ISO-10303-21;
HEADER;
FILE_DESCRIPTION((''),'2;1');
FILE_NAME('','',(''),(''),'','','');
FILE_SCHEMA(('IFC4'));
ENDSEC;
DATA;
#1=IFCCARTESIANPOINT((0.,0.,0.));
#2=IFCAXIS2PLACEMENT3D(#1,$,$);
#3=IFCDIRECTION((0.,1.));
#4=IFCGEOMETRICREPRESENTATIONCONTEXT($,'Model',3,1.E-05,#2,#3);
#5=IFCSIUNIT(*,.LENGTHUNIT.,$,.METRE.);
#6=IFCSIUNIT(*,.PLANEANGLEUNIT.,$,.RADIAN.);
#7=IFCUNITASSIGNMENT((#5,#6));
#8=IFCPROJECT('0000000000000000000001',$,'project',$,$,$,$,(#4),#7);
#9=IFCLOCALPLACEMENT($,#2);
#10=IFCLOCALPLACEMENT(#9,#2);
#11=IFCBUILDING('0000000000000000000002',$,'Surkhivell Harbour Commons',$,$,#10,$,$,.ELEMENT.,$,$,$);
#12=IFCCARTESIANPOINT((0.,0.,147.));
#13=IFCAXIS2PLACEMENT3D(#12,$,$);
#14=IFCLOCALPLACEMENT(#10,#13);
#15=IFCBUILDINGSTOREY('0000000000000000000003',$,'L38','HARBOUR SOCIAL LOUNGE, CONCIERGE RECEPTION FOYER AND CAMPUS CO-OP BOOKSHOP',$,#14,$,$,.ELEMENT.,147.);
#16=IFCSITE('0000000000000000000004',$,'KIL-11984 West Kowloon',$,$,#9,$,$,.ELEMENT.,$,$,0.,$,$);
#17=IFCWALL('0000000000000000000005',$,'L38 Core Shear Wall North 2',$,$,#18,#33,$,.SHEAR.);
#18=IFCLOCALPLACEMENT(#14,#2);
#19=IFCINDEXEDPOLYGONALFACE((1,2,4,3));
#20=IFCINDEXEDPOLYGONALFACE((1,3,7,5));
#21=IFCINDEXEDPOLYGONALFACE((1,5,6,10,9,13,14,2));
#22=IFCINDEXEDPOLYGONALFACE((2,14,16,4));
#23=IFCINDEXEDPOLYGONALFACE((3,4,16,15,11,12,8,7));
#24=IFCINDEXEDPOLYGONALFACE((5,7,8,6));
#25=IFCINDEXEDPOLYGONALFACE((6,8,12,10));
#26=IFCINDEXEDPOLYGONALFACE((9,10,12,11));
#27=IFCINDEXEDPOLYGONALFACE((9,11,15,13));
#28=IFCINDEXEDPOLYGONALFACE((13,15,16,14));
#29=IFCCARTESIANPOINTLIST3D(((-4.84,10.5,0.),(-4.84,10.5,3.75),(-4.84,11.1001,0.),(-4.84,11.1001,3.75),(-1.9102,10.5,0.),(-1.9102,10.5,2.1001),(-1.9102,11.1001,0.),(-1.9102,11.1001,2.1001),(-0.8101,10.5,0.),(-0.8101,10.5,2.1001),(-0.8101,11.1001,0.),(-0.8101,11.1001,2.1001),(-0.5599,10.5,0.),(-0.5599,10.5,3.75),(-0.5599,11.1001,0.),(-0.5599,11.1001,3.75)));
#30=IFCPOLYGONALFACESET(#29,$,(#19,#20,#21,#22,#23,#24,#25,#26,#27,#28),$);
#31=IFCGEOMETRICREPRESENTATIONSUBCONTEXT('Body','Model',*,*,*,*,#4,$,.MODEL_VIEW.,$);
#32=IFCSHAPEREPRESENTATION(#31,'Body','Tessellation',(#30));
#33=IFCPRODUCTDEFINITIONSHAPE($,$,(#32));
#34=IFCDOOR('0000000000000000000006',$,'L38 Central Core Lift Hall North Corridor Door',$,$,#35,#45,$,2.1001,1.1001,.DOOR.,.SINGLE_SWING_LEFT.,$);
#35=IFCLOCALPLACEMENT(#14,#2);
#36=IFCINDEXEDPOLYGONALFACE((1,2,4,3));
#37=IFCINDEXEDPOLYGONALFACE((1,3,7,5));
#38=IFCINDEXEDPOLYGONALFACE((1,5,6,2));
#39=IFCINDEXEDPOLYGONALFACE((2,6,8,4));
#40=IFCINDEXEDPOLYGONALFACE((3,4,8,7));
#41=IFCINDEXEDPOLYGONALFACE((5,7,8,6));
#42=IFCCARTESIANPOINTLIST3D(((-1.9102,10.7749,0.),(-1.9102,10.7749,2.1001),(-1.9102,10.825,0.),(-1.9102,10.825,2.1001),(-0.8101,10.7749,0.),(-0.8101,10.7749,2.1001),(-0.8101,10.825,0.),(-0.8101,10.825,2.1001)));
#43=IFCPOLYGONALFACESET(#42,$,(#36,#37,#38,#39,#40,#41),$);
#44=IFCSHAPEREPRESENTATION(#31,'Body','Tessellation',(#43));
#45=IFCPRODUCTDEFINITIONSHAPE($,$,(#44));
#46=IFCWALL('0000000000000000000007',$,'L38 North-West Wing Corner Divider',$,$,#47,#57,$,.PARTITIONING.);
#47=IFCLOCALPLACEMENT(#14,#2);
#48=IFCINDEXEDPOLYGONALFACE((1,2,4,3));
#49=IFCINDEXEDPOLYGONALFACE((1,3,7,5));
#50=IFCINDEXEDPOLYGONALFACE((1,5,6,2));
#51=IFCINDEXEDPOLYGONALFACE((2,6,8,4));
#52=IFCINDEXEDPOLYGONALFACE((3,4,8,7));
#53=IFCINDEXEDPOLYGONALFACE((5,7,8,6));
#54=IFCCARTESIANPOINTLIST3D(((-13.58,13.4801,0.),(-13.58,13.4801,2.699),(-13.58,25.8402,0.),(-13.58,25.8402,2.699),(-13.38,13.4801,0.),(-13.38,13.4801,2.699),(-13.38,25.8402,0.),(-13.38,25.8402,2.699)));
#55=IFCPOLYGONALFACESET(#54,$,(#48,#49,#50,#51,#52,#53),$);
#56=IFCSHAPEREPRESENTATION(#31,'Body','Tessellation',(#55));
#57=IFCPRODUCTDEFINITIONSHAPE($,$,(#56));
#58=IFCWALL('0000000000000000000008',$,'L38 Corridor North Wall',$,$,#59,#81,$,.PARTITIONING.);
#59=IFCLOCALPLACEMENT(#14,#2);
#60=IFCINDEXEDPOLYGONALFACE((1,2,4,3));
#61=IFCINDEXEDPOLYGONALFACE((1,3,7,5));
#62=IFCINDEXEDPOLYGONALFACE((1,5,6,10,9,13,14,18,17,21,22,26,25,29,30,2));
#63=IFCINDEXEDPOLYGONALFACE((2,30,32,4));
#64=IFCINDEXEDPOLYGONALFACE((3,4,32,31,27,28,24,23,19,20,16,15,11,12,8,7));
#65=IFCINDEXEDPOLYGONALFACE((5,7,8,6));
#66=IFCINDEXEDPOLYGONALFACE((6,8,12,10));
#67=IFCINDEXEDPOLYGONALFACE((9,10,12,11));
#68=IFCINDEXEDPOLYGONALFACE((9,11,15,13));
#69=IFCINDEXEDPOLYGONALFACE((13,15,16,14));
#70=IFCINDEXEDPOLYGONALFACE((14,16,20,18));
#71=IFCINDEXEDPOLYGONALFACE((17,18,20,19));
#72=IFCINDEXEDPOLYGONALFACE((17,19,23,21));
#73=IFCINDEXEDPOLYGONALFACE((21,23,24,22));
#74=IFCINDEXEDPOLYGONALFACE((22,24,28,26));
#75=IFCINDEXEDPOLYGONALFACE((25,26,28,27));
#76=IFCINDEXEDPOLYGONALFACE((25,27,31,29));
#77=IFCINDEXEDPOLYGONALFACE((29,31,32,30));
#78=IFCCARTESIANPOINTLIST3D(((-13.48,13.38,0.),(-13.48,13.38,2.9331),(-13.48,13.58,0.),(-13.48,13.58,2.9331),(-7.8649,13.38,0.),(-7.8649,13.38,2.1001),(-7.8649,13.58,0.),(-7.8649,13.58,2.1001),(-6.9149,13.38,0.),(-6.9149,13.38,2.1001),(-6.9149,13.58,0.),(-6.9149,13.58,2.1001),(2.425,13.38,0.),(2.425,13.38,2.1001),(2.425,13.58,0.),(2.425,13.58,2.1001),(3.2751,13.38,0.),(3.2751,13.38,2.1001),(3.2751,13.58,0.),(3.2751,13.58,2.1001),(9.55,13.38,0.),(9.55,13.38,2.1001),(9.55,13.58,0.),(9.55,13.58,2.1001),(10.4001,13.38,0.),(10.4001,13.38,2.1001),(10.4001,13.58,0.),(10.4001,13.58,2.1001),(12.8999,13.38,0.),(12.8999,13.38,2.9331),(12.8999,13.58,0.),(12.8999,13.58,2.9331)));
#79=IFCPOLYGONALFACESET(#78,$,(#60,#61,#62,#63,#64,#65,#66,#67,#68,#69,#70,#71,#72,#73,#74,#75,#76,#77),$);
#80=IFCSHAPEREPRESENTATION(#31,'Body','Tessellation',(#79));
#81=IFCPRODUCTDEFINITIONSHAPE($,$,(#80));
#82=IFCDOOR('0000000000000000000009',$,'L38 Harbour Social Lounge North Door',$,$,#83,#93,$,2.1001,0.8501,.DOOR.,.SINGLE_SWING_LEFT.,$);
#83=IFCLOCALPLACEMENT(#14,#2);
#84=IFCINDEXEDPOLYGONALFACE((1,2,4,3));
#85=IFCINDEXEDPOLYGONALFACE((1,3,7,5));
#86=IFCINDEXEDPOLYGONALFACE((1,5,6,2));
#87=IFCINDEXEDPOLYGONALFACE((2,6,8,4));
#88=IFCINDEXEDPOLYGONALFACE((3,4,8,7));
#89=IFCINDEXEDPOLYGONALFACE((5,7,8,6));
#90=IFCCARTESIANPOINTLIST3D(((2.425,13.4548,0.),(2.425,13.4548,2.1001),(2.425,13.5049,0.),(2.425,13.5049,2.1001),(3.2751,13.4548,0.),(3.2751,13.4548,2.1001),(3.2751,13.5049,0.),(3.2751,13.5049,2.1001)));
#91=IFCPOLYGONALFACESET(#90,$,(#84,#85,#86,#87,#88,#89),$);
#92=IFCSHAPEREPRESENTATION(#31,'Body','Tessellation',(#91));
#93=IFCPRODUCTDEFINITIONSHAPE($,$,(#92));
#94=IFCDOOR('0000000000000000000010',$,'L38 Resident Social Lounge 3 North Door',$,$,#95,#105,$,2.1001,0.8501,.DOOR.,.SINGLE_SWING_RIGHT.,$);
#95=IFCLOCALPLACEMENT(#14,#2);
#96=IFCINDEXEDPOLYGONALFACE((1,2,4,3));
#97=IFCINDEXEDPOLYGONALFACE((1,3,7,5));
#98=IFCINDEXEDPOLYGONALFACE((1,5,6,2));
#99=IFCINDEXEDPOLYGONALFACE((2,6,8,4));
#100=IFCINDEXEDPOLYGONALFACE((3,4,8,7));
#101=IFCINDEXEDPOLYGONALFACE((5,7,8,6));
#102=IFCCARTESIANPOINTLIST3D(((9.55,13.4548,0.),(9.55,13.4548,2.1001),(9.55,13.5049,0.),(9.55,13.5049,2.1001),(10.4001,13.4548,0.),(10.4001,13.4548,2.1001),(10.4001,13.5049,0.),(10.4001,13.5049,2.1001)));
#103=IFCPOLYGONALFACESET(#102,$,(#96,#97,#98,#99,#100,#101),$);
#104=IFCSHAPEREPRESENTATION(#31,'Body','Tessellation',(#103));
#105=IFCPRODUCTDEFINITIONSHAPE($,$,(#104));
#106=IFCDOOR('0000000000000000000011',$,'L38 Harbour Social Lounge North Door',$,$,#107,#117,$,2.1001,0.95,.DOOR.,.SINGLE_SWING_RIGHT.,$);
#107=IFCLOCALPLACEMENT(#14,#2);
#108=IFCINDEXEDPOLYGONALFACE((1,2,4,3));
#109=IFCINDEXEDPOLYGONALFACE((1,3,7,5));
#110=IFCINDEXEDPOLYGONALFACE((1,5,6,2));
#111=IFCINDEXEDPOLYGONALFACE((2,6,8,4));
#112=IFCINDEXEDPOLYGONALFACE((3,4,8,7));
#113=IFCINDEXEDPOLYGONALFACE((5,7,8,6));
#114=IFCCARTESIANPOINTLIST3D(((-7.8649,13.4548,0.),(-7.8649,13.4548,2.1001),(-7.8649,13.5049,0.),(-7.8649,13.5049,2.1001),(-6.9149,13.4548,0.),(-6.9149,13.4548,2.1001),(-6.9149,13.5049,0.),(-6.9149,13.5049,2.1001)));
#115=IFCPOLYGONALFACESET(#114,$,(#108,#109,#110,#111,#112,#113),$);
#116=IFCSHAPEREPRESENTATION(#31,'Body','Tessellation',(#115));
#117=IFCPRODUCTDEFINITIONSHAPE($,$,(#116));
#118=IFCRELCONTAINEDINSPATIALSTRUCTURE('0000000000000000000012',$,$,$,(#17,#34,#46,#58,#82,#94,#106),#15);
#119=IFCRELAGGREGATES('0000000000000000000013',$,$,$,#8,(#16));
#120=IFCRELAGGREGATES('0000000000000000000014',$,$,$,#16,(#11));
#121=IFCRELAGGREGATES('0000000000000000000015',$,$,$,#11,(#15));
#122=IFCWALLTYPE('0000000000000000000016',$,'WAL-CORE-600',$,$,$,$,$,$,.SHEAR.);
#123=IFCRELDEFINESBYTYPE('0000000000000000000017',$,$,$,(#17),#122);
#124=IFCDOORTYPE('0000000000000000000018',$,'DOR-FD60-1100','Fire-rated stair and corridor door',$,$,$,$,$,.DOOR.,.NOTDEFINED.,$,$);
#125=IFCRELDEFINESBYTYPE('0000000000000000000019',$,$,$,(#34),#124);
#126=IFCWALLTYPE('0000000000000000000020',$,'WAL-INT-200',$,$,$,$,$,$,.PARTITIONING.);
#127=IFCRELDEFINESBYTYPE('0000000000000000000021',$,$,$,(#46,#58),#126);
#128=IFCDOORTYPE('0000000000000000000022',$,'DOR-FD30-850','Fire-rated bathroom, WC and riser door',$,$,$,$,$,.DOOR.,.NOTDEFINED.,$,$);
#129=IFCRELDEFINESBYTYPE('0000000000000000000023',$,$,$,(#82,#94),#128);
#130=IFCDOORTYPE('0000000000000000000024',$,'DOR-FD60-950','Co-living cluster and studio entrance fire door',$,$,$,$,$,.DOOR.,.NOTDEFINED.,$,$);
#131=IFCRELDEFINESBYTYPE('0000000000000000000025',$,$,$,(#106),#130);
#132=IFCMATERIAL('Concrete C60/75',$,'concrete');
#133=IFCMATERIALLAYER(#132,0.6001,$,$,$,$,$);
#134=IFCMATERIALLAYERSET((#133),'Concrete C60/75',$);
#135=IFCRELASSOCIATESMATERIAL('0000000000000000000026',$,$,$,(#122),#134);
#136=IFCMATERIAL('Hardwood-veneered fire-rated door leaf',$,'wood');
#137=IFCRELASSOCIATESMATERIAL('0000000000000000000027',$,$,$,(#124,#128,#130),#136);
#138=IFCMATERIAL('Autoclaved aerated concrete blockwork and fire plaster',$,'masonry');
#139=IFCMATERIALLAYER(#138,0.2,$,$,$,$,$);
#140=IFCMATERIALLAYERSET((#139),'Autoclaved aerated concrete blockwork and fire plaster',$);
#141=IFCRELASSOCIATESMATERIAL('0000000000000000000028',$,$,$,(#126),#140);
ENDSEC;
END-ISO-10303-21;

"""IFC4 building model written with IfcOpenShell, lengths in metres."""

from ifc_helpers import new_model, si_unit, direction, frame, frame_2d, origin, place, context, subcontext, project, spatial, rectangle, extrude, material, layer, layer_set, type_object, element, fill, save


model = new_model("IFC4")

# Units and contexts
model_context = context("Model", 3, precision=1e-05, world=origin(), true_north=direction((0.0, 1.0)))
body_context = subcontext(model_context, "Body", "Model", "MODEL_VIEW")
ifc_project = project(units=[si_unit("LENGTHUNIT", "METRE"), si_unit("PLANEANGLEUNIT", "RADIAN")], contexts=[model_context])

# Site, building, storey
site_placement = place(None, origin())
site = spatial("IfcSite", under=ifc_project, at=site_placement, Name="KIL-11984 West Kowloon", CompositionType="ELEMENT", RefElevation=0.0)
building_placement = place(site_placement, origin())
building = spatial("IfcBuilding", under=site, at=building_placement, Name="Surkhivell Harbour Commons", CompositionType="ELEMENT")
storey_placement = place(building_placement, frame((0.0, 0.0, 147.0)))
storey = spatial("IfcBuildingStorey", under=building, at=storey_placement, Name="L38", Description="HARBOUR SOCIAL LOUNGE, CONCIERGE RECEPTION FOYER AND CAMPUS CO-OP BOOKSHOP", CompositionType="ELEMENT", Elevation=147.0)

# Shared definitions
ifc_material_1 = material(Name="Concrete C60/75", Category="concrete")

# Wall, opening, door
ifc_layer_1 = layer(ifc_material_1, 0.6001)
ifc_layer_set_1 = layer_set([ifc_layer_1], Name="Concrete C60/75")
wall_type_1 = type_object("IfcWallType", Name="WAL-CORE-600", PredefinedType="SHEAR", material=ifc_layer_set_1)
wall_1_placement = place(storey_placement, frame((-4.8401, 10.8, 0.0), z_axis=(0.0, 0.0, 1.0), x_axis=(1.0, 0.0, 0.0)))
wall_1 = element("IfcWall", 1, at=wall_1_placement, inside=storey, type_object=wall_type_1, Name="L38 Core Shear Wall North 2", PredefinedType="SHEAR", context=body_context, shape_type="SweptSolid", body=[
    extrude(rectangle(XDim=4.28, YDim=0.6001, at=frame_2d((2.1401, 0.0))), origin(), (0.0, 0.0, 1.0), 3.75),
])
opening_1_placement = place(wall_1_placement, frame((2.9299, 0.0, 0.0)))
opening_1 = element("IfcOpeningElement", 2, at=opening_1_placement, cuts=wall_1, PredefinedType="OPENING", context=body_context, shape_type="SweptSolid", body=[
    extrude(rectangle(XDim=1.1001, YDim=2.1001, at=frame_2d((0.55, 1.05))), frame((0.0, 0.3101, 0.0), z_axis=(0.0, -1.0, 0.0), x_axis=(1.0, 0.0, 0.0)), (0.0, 0.0, 1.0), 0.6201),
])
ifc_material_2 = material(Name="Hardwood-veneered fire-rated door leaf", Category="wood")
door_type_1 = type_object("IfcDoorType", Name="DOR-FD60-1100", Description="Fire-rated stair and corridor door", OperationType="NOTDEFINED", PredefinedType="DOOR", material=ifc_material_2)
door_1_placement = place(opening_1_placement, origin())
door_1 = element("IfcDoor", 3, at=door_1_placement, inside=storey, type_object=door_type_1, Name="L38 Central Core Lift Hall North Corridor Door", OperationType="SINGLE_SWING_LEFT", OverallHeight=2.1001, OverallWidth=1.1001, PredefinedType="DOOR", context=body_context, shape_type="SweptSolid", body=[
    extrude(rectangle(XDim=1.1001, YDim=2.1001, at=frame_2d((0.55, 1.05))), frame((0.0, 0.0249, 0.0), z_axis=(0.0, -1.0, 0.0), x_axis=(1.0, 0.0, 0.0)), (0.0, 0.0, 1.0), 0.05),
])
fill(opening_1, door_1)

# Wall
ifc_material_3 = material(Name="Autoclaved aerated concrete blockwork and fire plaster", Category="masonry")
ifc_layer_2 = layer(ifc_material_3, 0.2)
ifc_layer_set_2 = layer_set([ifc_layer_2], Name="Autoclaved aerated concrete blockwork and fire plaster")
wall_type_2 = type_object("IfcWallType", Name="WAL-INT-200", PredefinedType="PARTITIONING", material=ifc_layer_set_2)
wall_2_placement = place(storey_placement, frame((-13.48, 13.48, 0.0), z_axis=(0.0, 0.0, 1.0), x_axis=(0.0, 1.0, 0.0)))
element("IfcWall", 4, at=wall_2_placement, inside=storey, type_object=wall_type_2, Name="L38 North-West Wing Corner Divider", PredefinedType="PARTITIONING", context=body_context, shape_type="SweptSolid", body=[
    extrude(rectangle(XDim=12.3601, YDim=0.2, at=frame_2d((6.1802, 0.0))), origin(), (0.0, 0.0, 1.0), 2.699),
])

# Wall, openings, doors
wall_3_placement = place(storey_placement, frame((-13.48, 13.48, 0.0), z_axis=(0.0, 0.0, 1.0), x_axis=(1.0, 0.0, 0.0)))
wall_3 = element("IfcWall", 5, at=wall_3_placement, inside=storey, type_object=wall_type_2, Name="L38 Corridor North Wall", PredefinedType="PARTITIONING", context=body_context, shape_type="SweptSolid", body=[
    extrude(rectangle(XDim=26.3799, YDim=0.2, at=frame_2d((13.1899, 0.0))), origin(), (0.0, 0.0, 1.0), 2.9331),
])
opening_2_placement = place(wall_3_placement, frame((5.615, 0.0, 0.0)))
opening_2 = element("IfcOpeningElement", 6, at=opening_2_placement, cuts=wall_3, PredefinedType="OPENING", context=body_context, shape_type="SweptSolid", body=[
    extrude(rectangle(XDim=0.95, YDim=2.1001, at=frame_2d((0.4751, 1.05))), frame((0.0, 0.1099, 0.0), z_axis=(0.0, -1.0, 0.0), x_axis=(1.0, 0.0, 0.0)), (0.0, 0.0, 1.0), 0.22),
])
opening_3_placement = place(wall_3_placement, frame((15.905, 0.0, 0.0)))
opening_3 = element("IfcOpeningElement", 7, at=opening_3_placement, cuts=wall_3, PredefinedType="OPENING", context=body_context, shape_type="SweptSolid", body=[
    extrude(rectangle(XDim=0.8501, YDim=2.1001, at=frame_2d((0.425, 1.05))), frame((0.0, 0.1099, 0.0), z_axis=(0.0, -1.0, 0.0), x_axis=(1.0, 0.0, 0.0)), (0.0, 0.0, 1.0), 0.22),
])
opening_4_placement = place(wall_3_placement, frame((23.03, 0.0, 0.0)))
opening_4 = element("IfcOpeningElement", 8, at=opening_4_placement, cuts=wall_3, PredefinedType="OPENING", context=body_context, shape_type="SweptSolid", body=[
    extrude(rectangle(XDim=0.8501, YDim=2.1001, at=frame_2d((0.425, 1.05))), frame((0.0, 0.1099, 0.0), z_axis=(0.0, -1.0, 0.0), x_axis=(1.0, 0.0, 0.0)), (0.0, 0.0, 1.0), 0.22),
])
door_type_2 = type_object("IfcDoorType", Name="DOR-FD30-850", Description="Fire-rated bathroom, WC and riser door", OperationType="NOTDEFINED", PredefinedType="DOOR", material=ifc_material_2)
door_2_placement = place(opening_3_placement, origin())
door_2 = element("IfcDoor", 9, at=door_2_placement, inside=storey, type_object=door_type_2, Name="L38 Harbour Social Lounge North Door", OperationType="SINGLE_SWING_LEFT", OverallHeight=2.1001, OverallWidth=0.8501, PredefinedType="DOOR", context=body_context, shape_type="SweptSolid", body=[
    extrude(rectangle(XDim=0.8501, YDim=2.1001, at=frame_2d((0.425, 1.05))), frame((0.0, 0.0249, 0.0), z_axis=(0.0, -1.0, 0.0), x_axis=(1.0, 0.0, 0.0)), (0.0, 0.0, 1.0), 0.05),
])
fill(opening_3, door_2)
door_3_placement = place(opening_4_placement, origin())
door_3 = element("IfcDoor", 10, at=door_3_placement, inside=storey, type_object=door_type_2, Name="L38 Resident Social Lounge 3 North Door", OperationType="SINGLE_SWING_RIGHT", OverallHeight=2.1001, OverallWidth=0.8501, PredefinedType="DOOR", context=body_context, shape_type="SweptSolid", body=[
    extrude(rectangle(XDim=0.8501, YDim=2.1001, at=frame_2d((0.425, 1.05))), frame((0.0, 0.0249, 0.0), z_axis=(0.0, -1.0, 0.0), x_axis=(1.0, 0.0, 0.0)), (0.0, 0.0, 1.0), 0.05),
])
fill(opening_4, door_3)
door_type_3 = type_object("IfcDoorType", Name="DOR-FD60-950", Description="Co-living cluster and studio entrance fire door", OperationType="NOTDEFINED", PredefinedType="DOOR", material=ifc_material_2)
door_4_placement = place(opening_2_placement, origin())
door_4 = element("IfcDoor", 11, at=door_4_placement, inside=storey, type_object=door_type_3, Name="L38 Harbour Social Lounge North Door", OperationType="SINGLE_SWING_RIGHT", OverallHeight=2.1001, OverallWidth=0.95, PredefinedType="DOOR", context=body_context, shape_type="SweptSolid", body=[
    extrude(rectangle(XDim=0.95, YDim=2.1001, at=frame_2d((0.4751, 1.05))), frame((0.0, 0.0249, 0.0), z_axis=(0.0, -1.0, 0.0), x_axis=(1.0, 0.0, 0.0)), (0.0, 0.0, 1.0), 0.05),
])
fill(opening_2, door_4)

save(model, "model.ifc")
